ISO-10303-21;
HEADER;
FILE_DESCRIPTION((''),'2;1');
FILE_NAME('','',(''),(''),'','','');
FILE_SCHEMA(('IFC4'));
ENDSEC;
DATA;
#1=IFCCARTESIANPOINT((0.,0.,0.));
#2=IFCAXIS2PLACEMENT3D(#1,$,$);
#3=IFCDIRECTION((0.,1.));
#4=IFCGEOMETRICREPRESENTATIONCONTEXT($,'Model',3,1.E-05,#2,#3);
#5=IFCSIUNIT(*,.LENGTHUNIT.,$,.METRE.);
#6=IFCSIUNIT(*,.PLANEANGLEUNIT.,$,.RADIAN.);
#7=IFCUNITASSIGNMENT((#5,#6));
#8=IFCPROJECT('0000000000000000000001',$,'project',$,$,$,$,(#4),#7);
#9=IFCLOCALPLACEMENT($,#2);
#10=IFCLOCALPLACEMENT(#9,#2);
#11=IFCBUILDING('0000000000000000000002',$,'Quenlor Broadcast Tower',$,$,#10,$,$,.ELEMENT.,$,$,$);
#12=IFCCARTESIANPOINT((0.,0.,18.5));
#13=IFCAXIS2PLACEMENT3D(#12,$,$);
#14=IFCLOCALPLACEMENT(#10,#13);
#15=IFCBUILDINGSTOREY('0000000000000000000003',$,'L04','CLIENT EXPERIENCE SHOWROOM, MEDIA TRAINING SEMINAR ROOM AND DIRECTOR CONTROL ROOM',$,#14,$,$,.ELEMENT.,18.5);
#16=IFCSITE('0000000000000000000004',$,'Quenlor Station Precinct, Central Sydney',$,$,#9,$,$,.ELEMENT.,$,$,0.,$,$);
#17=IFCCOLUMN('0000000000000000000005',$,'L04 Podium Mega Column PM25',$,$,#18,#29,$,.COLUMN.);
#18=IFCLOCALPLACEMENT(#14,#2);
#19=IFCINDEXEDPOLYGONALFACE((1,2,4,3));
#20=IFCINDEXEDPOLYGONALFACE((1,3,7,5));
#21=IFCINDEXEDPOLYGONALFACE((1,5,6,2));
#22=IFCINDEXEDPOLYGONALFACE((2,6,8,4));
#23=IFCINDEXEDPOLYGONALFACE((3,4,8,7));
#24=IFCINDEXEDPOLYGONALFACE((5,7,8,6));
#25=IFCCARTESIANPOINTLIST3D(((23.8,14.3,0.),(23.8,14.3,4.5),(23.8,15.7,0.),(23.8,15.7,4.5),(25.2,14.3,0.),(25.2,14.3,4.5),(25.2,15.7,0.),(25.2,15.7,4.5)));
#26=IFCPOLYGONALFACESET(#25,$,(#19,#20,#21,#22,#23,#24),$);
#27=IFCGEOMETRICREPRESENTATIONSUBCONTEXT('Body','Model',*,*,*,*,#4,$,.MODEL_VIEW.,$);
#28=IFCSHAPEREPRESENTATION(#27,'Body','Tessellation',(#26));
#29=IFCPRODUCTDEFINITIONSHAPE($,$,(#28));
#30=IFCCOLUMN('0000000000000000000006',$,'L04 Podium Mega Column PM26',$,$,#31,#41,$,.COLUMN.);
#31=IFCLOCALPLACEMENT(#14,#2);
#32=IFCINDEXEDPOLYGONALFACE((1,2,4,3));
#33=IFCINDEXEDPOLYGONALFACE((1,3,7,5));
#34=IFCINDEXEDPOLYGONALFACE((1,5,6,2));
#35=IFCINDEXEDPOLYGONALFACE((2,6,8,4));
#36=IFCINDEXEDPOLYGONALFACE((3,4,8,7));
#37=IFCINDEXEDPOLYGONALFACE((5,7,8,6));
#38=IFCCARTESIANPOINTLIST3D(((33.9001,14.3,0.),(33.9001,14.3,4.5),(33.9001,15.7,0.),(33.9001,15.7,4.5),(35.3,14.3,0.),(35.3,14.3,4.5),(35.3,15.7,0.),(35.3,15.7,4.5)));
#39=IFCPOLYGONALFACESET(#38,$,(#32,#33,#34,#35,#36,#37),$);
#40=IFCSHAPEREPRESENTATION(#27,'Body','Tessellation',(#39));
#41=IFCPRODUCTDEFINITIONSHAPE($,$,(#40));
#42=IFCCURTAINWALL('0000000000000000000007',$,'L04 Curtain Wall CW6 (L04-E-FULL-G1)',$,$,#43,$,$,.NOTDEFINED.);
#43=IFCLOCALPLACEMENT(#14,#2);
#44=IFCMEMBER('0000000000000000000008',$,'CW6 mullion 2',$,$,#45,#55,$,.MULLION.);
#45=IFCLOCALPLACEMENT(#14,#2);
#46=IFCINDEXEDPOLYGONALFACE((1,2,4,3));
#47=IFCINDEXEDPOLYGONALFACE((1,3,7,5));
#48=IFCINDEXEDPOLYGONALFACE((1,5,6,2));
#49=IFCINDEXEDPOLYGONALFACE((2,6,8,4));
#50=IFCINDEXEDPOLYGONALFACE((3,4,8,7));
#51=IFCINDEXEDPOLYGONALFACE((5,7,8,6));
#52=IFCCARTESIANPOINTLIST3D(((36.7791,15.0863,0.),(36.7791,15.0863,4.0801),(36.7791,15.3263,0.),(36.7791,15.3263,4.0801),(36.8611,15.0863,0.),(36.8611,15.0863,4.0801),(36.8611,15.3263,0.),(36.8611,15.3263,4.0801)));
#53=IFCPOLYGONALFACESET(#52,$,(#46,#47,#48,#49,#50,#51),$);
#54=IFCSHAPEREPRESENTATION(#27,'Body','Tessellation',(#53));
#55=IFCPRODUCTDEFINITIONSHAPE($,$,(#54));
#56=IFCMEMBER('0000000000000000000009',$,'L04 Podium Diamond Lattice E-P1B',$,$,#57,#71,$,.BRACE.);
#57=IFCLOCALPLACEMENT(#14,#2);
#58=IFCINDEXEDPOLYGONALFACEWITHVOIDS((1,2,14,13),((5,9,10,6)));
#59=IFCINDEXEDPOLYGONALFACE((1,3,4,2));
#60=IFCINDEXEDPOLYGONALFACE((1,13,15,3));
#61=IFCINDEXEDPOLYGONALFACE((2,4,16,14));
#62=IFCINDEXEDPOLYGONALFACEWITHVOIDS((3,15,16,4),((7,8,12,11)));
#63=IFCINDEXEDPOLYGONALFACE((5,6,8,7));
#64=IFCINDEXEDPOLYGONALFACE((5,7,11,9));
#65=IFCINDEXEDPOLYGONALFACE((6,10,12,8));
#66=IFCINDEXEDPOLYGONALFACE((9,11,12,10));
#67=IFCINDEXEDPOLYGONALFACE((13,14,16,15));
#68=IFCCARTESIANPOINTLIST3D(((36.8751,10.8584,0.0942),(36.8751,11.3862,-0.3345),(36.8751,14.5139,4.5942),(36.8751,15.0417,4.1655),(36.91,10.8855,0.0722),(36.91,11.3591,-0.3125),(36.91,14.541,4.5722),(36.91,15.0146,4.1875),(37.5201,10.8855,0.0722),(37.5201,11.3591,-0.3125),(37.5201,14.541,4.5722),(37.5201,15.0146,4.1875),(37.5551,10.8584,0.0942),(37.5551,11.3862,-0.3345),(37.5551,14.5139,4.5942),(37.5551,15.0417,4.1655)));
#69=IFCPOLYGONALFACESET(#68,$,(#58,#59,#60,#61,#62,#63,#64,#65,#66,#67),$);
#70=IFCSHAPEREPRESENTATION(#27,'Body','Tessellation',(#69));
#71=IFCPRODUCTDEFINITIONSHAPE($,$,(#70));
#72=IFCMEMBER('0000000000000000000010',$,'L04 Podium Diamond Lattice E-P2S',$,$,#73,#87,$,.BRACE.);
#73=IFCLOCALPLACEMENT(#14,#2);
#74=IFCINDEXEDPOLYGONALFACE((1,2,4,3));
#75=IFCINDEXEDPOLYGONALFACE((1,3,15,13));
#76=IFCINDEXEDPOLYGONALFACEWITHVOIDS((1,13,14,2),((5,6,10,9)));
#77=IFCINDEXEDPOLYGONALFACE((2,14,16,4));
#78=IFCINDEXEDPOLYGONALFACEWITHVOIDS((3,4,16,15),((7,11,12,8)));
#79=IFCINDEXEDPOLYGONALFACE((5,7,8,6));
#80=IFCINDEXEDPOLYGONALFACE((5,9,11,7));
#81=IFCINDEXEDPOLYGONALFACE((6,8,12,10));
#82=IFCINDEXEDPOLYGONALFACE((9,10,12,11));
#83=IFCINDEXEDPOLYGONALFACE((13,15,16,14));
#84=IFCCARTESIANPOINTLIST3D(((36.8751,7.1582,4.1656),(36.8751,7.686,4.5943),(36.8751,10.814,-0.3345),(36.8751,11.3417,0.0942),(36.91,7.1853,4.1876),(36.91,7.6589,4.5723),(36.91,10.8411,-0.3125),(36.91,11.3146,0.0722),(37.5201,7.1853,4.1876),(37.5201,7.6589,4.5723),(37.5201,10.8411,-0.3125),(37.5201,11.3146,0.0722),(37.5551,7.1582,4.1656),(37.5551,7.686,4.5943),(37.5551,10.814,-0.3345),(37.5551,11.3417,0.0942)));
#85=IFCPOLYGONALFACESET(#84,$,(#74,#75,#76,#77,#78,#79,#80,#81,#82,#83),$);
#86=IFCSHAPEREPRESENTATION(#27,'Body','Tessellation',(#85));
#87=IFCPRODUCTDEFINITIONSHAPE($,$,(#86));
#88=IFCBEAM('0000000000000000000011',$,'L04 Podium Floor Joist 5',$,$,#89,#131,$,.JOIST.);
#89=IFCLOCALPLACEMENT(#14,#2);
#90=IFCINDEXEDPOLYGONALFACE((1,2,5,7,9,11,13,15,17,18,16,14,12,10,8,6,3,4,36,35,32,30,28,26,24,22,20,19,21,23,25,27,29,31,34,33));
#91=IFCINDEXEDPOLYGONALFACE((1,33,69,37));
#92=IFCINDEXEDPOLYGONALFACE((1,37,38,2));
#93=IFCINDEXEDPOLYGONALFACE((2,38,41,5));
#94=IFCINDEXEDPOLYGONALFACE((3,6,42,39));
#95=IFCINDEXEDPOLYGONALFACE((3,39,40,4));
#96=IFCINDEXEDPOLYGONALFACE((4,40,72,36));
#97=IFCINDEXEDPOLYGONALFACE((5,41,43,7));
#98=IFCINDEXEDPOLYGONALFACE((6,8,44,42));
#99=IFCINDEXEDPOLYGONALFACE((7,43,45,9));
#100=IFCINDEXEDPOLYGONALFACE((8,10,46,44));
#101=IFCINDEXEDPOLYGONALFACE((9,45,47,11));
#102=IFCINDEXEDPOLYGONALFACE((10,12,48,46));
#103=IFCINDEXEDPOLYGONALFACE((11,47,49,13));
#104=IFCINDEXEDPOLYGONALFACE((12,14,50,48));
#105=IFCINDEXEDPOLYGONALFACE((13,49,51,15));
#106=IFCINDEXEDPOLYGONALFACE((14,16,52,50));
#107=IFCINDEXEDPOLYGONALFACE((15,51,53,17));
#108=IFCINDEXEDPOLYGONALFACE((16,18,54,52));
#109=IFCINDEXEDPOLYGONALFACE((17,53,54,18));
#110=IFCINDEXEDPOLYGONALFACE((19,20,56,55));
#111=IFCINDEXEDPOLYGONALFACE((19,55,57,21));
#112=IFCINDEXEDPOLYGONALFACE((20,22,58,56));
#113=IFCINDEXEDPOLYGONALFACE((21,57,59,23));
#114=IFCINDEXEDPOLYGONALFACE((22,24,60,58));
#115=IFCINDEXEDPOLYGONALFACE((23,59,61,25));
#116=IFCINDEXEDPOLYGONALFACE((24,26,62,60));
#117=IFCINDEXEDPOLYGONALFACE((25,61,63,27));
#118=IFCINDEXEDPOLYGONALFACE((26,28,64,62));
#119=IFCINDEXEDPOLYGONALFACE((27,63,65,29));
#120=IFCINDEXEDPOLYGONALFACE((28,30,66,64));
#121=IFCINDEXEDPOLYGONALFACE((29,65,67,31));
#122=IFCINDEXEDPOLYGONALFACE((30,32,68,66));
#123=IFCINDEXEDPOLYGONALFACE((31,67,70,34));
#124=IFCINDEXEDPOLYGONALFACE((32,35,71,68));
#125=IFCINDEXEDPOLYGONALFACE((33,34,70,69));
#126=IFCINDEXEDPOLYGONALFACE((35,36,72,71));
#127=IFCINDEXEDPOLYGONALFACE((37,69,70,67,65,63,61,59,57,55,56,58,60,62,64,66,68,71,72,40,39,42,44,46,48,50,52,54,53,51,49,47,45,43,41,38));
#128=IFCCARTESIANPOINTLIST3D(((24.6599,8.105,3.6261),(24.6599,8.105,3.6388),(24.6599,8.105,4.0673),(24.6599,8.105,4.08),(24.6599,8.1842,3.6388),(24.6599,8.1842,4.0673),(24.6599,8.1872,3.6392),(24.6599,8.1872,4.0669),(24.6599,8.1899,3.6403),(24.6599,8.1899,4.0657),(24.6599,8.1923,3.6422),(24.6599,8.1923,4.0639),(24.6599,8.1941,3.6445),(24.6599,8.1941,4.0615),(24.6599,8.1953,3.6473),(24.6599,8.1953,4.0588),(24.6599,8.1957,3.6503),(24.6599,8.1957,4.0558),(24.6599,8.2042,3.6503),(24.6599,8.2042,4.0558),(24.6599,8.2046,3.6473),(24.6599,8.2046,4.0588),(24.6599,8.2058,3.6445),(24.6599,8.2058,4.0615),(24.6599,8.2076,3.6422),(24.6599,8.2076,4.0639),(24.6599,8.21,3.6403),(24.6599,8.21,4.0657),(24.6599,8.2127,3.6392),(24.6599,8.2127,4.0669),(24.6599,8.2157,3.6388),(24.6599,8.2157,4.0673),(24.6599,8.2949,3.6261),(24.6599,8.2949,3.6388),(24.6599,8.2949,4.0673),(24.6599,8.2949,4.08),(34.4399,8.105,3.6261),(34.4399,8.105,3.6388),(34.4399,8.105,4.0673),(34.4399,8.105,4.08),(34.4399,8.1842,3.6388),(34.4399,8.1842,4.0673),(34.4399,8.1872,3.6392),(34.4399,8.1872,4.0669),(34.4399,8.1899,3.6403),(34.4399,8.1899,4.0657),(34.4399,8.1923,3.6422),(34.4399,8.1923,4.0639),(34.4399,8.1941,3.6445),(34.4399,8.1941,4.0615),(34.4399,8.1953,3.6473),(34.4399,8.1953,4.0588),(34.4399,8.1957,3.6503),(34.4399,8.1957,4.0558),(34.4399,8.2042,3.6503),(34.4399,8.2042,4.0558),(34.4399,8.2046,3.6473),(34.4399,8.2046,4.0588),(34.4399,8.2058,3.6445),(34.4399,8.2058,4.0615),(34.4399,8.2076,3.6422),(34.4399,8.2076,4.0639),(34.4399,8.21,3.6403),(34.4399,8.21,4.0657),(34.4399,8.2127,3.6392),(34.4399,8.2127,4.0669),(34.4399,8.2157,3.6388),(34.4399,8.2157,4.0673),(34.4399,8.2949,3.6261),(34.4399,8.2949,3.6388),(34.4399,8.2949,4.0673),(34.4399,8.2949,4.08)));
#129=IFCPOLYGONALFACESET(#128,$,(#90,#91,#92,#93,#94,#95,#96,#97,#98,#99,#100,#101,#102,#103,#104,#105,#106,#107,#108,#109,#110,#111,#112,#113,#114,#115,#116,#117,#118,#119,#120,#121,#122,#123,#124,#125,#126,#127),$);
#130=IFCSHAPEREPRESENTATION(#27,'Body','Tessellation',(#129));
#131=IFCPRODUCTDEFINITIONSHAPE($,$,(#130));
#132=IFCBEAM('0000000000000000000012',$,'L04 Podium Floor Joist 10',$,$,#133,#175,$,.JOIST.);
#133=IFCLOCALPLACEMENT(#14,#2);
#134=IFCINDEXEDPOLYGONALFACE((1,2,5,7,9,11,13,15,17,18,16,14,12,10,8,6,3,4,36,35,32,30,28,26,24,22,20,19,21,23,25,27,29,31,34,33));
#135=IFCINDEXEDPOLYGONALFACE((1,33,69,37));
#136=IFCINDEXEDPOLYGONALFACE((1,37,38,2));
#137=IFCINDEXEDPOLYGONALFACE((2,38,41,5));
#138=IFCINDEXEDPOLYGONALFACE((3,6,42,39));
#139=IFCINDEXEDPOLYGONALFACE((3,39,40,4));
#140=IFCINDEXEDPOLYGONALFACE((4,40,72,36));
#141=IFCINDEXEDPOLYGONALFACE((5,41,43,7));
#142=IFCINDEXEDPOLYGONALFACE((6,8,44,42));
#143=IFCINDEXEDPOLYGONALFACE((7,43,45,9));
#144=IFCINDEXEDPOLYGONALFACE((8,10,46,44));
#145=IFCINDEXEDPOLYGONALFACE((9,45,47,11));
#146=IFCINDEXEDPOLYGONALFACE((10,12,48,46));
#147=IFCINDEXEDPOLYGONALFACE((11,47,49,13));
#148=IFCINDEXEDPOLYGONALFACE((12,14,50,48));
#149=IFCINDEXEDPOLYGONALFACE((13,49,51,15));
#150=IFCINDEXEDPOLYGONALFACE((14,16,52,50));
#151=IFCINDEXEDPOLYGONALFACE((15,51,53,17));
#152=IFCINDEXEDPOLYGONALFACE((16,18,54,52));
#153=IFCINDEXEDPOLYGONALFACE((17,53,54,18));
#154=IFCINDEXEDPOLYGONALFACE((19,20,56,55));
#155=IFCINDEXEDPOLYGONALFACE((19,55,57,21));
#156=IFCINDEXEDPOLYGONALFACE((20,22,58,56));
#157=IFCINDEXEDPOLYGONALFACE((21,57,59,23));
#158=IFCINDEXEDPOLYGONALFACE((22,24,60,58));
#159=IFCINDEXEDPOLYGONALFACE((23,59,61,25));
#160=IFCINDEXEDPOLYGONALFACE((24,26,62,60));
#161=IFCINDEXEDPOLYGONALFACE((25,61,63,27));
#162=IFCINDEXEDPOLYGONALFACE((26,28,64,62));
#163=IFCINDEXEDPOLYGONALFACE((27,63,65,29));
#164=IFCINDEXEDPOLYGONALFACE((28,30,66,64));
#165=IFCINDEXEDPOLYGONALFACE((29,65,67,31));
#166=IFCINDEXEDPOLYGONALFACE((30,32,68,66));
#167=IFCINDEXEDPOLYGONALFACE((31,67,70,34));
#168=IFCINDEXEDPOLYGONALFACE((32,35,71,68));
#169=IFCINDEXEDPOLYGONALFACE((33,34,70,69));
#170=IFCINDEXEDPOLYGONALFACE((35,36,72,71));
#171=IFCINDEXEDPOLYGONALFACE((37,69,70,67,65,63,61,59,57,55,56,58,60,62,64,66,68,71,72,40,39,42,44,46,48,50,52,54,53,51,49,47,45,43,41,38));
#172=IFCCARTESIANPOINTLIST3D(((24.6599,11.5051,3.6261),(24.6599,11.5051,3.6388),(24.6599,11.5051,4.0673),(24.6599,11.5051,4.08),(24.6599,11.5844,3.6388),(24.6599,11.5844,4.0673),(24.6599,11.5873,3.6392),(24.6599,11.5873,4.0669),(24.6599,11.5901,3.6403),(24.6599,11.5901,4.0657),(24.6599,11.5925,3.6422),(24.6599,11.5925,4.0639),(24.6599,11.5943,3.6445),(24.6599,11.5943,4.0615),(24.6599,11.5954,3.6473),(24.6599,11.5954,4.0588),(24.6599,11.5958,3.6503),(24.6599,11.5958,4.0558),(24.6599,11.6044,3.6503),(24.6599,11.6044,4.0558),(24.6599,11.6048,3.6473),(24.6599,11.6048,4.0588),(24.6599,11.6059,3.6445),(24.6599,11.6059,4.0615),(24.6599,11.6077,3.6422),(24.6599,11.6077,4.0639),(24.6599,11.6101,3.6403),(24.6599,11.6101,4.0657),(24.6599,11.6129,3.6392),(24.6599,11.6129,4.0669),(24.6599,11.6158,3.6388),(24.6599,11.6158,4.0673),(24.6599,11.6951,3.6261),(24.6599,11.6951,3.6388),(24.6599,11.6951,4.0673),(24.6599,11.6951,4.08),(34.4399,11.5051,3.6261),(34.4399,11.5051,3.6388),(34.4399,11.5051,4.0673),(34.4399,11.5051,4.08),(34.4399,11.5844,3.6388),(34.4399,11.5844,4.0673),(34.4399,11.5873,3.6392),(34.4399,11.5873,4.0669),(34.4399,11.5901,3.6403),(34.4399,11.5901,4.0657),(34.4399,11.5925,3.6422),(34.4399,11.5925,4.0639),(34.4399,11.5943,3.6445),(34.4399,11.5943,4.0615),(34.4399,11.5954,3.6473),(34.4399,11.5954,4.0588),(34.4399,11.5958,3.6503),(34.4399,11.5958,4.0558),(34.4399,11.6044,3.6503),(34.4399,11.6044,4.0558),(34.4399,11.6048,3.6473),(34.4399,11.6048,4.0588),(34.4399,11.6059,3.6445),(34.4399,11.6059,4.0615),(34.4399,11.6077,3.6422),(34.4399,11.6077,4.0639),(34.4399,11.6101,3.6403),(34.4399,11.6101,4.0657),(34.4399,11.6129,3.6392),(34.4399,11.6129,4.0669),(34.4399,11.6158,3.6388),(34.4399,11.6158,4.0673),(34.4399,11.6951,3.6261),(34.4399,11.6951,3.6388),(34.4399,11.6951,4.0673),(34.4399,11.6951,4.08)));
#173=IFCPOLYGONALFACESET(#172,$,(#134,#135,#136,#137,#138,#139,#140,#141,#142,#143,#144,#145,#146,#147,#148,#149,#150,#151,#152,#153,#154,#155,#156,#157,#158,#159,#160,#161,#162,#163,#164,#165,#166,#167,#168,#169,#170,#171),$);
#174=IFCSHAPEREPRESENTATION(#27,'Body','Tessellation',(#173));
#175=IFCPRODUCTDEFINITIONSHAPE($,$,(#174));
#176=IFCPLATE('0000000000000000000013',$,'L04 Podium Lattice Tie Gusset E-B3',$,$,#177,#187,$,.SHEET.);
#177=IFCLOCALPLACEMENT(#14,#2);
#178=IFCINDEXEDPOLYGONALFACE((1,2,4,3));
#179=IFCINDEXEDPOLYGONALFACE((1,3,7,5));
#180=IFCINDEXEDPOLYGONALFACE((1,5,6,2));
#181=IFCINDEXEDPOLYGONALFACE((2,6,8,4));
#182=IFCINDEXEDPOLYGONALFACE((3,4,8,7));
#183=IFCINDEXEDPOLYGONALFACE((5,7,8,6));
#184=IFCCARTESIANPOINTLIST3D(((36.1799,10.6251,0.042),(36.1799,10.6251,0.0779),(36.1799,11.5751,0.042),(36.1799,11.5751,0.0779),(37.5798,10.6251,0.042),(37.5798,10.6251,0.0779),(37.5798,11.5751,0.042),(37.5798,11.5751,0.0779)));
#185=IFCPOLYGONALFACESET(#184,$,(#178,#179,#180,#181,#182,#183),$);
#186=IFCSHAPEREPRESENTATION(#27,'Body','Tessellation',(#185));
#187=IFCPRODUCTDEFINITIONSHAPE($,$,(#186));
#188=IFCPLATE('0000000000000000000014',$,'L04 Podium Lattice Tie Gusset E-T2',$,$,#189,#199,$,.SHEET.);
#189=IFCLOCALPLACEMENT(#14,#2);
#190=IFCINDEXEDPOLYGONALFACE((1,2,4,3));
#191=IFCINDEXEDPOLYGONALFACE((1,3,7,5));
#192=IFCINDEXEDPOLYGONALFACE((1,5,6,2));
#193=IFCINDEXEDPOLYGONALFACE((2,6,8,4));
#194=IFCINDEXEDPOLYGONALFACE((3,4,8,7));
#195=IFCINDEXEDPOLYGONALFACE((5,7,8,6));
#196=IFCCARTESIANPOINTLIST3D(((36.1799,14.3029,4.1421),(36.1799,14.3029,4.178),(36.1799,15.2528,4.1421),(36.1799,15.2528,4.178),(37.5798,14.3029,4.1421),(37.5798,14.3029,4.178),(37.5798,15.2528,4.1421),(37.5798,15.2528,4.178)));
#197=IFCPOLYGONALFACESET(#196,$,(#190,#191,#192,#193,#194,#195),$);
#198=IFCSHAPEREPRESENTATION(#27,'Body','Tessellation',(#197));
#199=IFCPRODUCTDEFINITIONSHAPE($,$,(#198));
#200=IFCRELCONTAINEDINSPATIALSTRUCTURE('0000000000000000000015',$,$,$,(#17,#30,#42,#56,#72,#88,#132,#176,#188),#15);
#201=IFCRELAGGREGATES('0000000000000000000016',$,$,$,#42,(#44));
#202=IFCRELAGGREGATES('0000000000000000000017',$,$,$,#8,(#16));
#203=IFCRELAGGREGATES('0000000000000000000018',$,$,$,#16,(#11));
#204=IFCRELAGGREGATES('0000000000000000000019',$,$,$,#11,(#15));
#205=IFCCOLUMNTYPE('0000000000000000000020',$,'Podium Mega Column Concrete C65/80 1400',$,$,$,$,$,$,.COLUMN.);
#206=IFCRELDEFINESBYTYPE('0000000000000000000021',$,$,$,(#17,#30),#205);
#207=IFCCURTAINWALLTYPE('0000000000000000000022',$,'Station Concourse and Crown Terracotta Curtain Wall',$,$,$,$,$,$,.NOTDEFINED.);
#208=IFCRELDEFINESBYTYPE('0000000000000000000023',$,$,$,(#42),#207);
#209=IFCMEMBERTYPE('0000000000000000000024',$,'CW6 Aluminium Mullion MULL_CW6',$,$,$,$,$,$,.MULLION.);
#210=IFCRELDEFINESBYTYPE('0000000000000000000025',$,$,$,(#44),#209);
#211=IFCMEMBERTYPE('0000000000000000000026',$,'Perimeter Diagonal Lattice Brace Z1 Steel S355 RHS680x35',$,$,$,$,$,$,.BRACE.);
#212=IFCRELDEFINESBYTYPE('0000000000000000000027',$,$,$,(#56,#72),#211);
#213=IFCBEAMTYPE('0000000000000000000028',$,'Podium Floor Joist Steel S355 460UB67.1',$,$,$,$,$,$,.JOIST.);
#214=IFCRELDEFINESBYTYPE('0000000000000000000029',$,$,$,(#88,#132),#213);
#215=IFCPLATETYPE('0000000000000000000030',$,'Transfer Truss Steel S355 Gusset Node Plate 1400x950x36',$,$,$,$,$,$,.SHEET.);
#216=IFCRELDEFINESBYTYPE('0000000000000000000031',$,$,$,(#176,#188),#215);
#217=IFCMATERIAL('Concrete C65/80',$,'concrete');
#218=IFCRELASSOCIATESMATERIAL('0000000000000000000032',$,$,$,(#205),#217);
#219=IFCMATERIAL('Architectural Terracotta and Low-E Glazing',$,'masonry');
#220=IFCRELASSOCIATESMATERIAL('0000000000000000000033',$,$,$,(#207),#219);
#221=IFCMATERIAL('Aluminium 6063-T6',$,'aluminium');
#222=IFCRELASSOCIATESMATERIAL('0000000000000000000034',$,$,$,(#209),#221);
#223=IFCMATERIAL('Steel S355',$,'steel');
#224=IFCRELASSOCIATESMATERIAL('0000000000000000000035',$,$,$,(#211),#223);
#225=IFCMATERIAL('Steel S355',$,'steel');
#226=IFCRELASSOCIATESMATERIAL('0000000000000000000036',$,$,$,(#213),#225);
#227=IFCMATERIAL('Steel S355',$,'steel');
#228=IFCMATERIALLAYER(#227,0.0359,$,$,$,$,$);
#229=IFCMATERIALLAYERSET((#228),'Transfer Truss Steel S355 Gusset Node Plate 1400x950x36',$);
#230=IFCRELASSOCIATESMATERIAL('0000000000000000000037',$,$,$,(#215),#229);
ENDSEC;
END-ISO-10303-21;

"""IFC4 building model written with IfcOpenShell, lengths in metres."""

from ifc_helpers import new_model, si_unit, direction, frame, origin, origin_2d, place, context, subcontext, project, spatial, rectangle, hollow_rectangle, i_section, extrude, material, layer, layer_set, material_profile, profile_set, type_object, element, aggregate, save


model = new_model("IFC4")

# Units and contexts
model_context = context("Model", 3, precision=1e-05, world=origin(), true_north=direction((0.0, 1.0)))
body_context = subcontext(model_context, "Body", "Model", "MODEL_VIEW")
ifc_project = project(units=[si_unit("LENGTHUNIT", "METRE"), si_unit("PLANEANGLEUNIT", "RADIAN")], contexts=[model_context])

# Site, building, storey
site_placement = place(None, origin())
site = spatial("IfcSite", under=ifc_project, at=site_placement, Name="Quenlor Station Precinct, Central Sydney", CompositionType="ELEMENT", RefElevation=0.0)
building_placement = place(site_placement, origin())
building = spatial("IfcBuilding", under=site, at=building_placement, Name="Quenlor Broadcast Tower", CompositionType="ELEMENT")
storey_placement = place(building_placement, frame((0.0, 0.0, 18.5)))
storey = spatial("IfcBuildingStorey", under=building, at=storey_placement, Name="L04", Description="CLIENT EXPERIENCE SHOWROOM, MEDIA TRAINING SEMINAR ROOM AND DIRECTOR CONTROL ROOM", CompositionType="ELEMENT", Elevation=18.5)

# Columns
ifc_material_1 = material(Name="Concrete C65/80", Category="concrete")
ifc_material_profile_1 = material_profile(ifc_material_1, rectangle(XDim=1.3999, YDim=1.3999, at=origin_2d()))
ifc_profile_set_1 = profile_set([ifc_material_profile_1], Name="Concrete C65/80 RC1400x1400")
column_type = type_object("IfcColumnType", Name="Podium Mega Column Concrete C65/80 1400", PredefinedType="COLUMN", material=ifc_profile_set_1)
for number, where, z_axis, x_axis, name in (
    (1, (24.5, 15.0, 0.0), (0.0, 0.0, 1.0), (1.0, 0.0, 0.0), "L04 Podium Mega Column PM25"),
    (2, (34.6001, 15.0, 0.0), (0.0, 0.0, 1.0), (1.0, 0.0, 0.0), "L04 Podium Mega Column PM26"),
):
    element("IfcColumn", number, at=place(storey_placement, frame(where, z_axis=z_axis, x_axis=x_axis)), inside=storey, type_object=column_type, Name=name, PredefinedType="COLUMN", context=body_context, shape_type="SweptSolid", body=[
        extrude(rectangle(XDim=1.3999, YDim=1.3999, at=origin_2d()), origin(), (0.0, 0.0, 1.0), 4.5),
    ])

# Curtain wall, member
ifc_material_2 = material(Name="Architectural Terracotta and Low-E Glazing", Category="masonry")
curtain_wall_type = type_object("IfcCurtainWallType", Name="Station Concourse and Crown Terracotta Curtain Wall", PredefinedType="NOTDEFINED", material=ifc_material_2)
curtain_wall_placement = place(storey_placement, origin())
curtain_wall = element("IfcCurtainWall", 3, at=curtain_wall_placement, inside=storey, type_object=curtain_wall_type, Name="L04 Curtain Wall CW6 (L04-E-FULL-G1)", PredefinedType="NOTDEFINED")
ifc_material_3 = material(Name="Aluminium 6063-T6", Category="aluminium")
ifc_material_profile_2 = material_profile(ifc_material_3, rectangle(XDim=0.082, YDim=0.24, at=origin_2d()))
ifc_profile_set_2 = profile_set([ifc_material_profile_2], Name="Aluminium 6063-T6 MULL82x240")
member_type_1 = type_object("IfcMemberType", Name="CW6 Aluminium Mullion MULL_CW6", PredefinedType="MULLION", material=ifc_profile_set_2)
member_1_placement = place(storey_placement, frame((36.8201, 15.2063, 0.0), z_axis=(0.0, 0.0, 1.0), x_axis=(1.0, 0.0, 0.0)))
member_1 = element("IfcMember", 4, at=member_1_placement, type_object=member_type_1, Name="CW6 mullion 2", PredefinedType="MULLION", context=body_context, shape_type="SweptSolid", body=[
    extrude(rectangle(XDim=0.082, YDim=0.24, at=origin_2d()), origin(), (0.0, 0.0, 1.0), 4.0801),
])
aggregate(curtain_wall, [member_1])

# Members
ifc_material_4 = material(Name="Steel S355", Category="steel")
ifc_material_profile_3 = material_profile(ifc_material_4, hollow_rectangle(XDim=0.6799, YDim=0.6799, WallThickness=0.0349, at=origin_2d()))
ifc_profile_set_3 = profile_set([ifc_material_profile_3], Name="Steel S355 RHS680x680x35")
member_type_2 = type_object("IfcMemberType", Name="Perimeter Diagonal Lattice Brace Z1 Steel S355 RHS680x35", PredefinedType="BRACE", material=ifc_profile_set_3)
member_2_placement = place(storey_placement, frame((37.2151, 11.1223, -0.1201), z_axis=(0.0, 0.630517, 0.776176), x_axis=(-1.0, 0.0, 0.0)))
element("IfcMember", 5, at=member_2_placement, inside=storey, type_object=member_type_2, Name="L04 Podium Diamond Lattice E-P1B", PredefinedType="BRACE", context=body_context, shape_type="SweptSolid", body=[
    extrude(hollow_rectangle(XDim=0.6799, YDim=0.6799, WallThickness=0.0349, at=origin_2d()), origin(), (0.0, 0.0, 1.0), 5.7976),
])
member_3_placement = place(storey_placement, frame((37.2151, 11.0779, -0.1201), z_axis=(0.0, -0.630542, 0.776155), x_axis=(1.0, 0.0, 0.0)))
element("IfcMember", 6, at=member_3_placement, inside=storey, type_object=member_type_2, Name="L04 Podium Diamond Lattice E-P2S", PredefinedType="BRACE", context=body_context, shape_type="SweptSolid", body=[
    extrude(hollow_rectangle(XDim=0.6799, YDim=0.6799, WallThickness=0.0349, at=origin_2d()), origin(), (0.0, 0.0, 1.0), 5.7979),
])

# Beams
ifc_material_5 = material(Name="Steel S355", Category="steel")
ifc_material_profile_4 = material_profile(ifc_material_5, i_section(OverallWidth=0.1899, OverallDepth=0.4539, WebThickness=0.0085, FlangeThickness=0.0127, FilletRadius=0.0115, at=origin_2d()))
ifc_profile_set_4 = profile_set([ifc_material_profile_4], Name="Steel S355 460UB67.1")
beam_type = type_object("IfcBeamType", Name="Podium Floor Joist Steel S355 460UB67.1", PredefinedType="JOIST", material=ifc_profile_set_4)
for number, where, z_axis, x_axis, name in (
    (7, (24.6599, 8.2, 3.853), (1.0, 0.0, 0.0), (0.0, 1.0, 0.0), "L04 Podium Floor Joist 5"),
    (8, (24.6599, 11.6001, 3.853), (1.0, 0.0, 0.0), (0.0, 1.0, 0.0), "L04 Podium Floor Joist 10"),
):
    element("IfcBeam", number, at=place(storey_placement, frame(where, z_axis=z_axis, x_axis=x_axis)), inside=storey, type_object=beam_type, Name=name, PredefinedType="JOIST", context=body_context, shape_type="SweptSolid", body=[
        extrude(i_section(OverallWidth=0.1899, OverallDepth=0.4539, WebThickness=0.0085, FlangeThickness=0.0127, FilletRadius=0.0115, at=origin_2d()), origin(), (0.0, 0.0, 1.0), 9.78),
    ])

# Plates
ifc_material_6 = material(Name="Steel S355", Category="steel")
ifc_layer_1 = layer(ifc_material_6, 0.0359)
ifc_layer_set_1 = layer_set([ifc_layer_1], Name="Transfer Truss Steel S355 Gusset Node Plate 1400x950x36")
plate_type = type_object("IfcPlateType", Name="Transfer Truss Steel S355 Gusset Node Plate 1400x950x36", PredefinedType="SHEET", material=ifc_layer_set_1)
for number, where, z_axis, x_axis, name in (
    (9, (36.8799, 11.1001, 0.042), (0.0, 0.0, 1.0), (1.0, 0.0, 0.0), "L04 Podium Lattice Tie Gusset E-B3"),
    (10, (36.8799, 14.7778, 4.1421), (0.0, 0.0, 1.0), (1.0, 0.0, 0.0), "L04 Podium Lattice Tie Gusset E-T2"),
):
    element("IfcPlate", number, at=place(storey_placement, frame(where, z_axis=z_axis, x_axis=x_axis)), inside=storey, type_object=plate_type, Name=name, PredefinedType="SHEET", context=body_context, shape_type="SweptSolid", body=[
        extrude(rectangle(XDim=1.3999, YDim=0.95, at=origin_2d()), origin(), (0.0, 0.0, 1.0), 0.0359),
    ])

save(model, "model.ifc")
